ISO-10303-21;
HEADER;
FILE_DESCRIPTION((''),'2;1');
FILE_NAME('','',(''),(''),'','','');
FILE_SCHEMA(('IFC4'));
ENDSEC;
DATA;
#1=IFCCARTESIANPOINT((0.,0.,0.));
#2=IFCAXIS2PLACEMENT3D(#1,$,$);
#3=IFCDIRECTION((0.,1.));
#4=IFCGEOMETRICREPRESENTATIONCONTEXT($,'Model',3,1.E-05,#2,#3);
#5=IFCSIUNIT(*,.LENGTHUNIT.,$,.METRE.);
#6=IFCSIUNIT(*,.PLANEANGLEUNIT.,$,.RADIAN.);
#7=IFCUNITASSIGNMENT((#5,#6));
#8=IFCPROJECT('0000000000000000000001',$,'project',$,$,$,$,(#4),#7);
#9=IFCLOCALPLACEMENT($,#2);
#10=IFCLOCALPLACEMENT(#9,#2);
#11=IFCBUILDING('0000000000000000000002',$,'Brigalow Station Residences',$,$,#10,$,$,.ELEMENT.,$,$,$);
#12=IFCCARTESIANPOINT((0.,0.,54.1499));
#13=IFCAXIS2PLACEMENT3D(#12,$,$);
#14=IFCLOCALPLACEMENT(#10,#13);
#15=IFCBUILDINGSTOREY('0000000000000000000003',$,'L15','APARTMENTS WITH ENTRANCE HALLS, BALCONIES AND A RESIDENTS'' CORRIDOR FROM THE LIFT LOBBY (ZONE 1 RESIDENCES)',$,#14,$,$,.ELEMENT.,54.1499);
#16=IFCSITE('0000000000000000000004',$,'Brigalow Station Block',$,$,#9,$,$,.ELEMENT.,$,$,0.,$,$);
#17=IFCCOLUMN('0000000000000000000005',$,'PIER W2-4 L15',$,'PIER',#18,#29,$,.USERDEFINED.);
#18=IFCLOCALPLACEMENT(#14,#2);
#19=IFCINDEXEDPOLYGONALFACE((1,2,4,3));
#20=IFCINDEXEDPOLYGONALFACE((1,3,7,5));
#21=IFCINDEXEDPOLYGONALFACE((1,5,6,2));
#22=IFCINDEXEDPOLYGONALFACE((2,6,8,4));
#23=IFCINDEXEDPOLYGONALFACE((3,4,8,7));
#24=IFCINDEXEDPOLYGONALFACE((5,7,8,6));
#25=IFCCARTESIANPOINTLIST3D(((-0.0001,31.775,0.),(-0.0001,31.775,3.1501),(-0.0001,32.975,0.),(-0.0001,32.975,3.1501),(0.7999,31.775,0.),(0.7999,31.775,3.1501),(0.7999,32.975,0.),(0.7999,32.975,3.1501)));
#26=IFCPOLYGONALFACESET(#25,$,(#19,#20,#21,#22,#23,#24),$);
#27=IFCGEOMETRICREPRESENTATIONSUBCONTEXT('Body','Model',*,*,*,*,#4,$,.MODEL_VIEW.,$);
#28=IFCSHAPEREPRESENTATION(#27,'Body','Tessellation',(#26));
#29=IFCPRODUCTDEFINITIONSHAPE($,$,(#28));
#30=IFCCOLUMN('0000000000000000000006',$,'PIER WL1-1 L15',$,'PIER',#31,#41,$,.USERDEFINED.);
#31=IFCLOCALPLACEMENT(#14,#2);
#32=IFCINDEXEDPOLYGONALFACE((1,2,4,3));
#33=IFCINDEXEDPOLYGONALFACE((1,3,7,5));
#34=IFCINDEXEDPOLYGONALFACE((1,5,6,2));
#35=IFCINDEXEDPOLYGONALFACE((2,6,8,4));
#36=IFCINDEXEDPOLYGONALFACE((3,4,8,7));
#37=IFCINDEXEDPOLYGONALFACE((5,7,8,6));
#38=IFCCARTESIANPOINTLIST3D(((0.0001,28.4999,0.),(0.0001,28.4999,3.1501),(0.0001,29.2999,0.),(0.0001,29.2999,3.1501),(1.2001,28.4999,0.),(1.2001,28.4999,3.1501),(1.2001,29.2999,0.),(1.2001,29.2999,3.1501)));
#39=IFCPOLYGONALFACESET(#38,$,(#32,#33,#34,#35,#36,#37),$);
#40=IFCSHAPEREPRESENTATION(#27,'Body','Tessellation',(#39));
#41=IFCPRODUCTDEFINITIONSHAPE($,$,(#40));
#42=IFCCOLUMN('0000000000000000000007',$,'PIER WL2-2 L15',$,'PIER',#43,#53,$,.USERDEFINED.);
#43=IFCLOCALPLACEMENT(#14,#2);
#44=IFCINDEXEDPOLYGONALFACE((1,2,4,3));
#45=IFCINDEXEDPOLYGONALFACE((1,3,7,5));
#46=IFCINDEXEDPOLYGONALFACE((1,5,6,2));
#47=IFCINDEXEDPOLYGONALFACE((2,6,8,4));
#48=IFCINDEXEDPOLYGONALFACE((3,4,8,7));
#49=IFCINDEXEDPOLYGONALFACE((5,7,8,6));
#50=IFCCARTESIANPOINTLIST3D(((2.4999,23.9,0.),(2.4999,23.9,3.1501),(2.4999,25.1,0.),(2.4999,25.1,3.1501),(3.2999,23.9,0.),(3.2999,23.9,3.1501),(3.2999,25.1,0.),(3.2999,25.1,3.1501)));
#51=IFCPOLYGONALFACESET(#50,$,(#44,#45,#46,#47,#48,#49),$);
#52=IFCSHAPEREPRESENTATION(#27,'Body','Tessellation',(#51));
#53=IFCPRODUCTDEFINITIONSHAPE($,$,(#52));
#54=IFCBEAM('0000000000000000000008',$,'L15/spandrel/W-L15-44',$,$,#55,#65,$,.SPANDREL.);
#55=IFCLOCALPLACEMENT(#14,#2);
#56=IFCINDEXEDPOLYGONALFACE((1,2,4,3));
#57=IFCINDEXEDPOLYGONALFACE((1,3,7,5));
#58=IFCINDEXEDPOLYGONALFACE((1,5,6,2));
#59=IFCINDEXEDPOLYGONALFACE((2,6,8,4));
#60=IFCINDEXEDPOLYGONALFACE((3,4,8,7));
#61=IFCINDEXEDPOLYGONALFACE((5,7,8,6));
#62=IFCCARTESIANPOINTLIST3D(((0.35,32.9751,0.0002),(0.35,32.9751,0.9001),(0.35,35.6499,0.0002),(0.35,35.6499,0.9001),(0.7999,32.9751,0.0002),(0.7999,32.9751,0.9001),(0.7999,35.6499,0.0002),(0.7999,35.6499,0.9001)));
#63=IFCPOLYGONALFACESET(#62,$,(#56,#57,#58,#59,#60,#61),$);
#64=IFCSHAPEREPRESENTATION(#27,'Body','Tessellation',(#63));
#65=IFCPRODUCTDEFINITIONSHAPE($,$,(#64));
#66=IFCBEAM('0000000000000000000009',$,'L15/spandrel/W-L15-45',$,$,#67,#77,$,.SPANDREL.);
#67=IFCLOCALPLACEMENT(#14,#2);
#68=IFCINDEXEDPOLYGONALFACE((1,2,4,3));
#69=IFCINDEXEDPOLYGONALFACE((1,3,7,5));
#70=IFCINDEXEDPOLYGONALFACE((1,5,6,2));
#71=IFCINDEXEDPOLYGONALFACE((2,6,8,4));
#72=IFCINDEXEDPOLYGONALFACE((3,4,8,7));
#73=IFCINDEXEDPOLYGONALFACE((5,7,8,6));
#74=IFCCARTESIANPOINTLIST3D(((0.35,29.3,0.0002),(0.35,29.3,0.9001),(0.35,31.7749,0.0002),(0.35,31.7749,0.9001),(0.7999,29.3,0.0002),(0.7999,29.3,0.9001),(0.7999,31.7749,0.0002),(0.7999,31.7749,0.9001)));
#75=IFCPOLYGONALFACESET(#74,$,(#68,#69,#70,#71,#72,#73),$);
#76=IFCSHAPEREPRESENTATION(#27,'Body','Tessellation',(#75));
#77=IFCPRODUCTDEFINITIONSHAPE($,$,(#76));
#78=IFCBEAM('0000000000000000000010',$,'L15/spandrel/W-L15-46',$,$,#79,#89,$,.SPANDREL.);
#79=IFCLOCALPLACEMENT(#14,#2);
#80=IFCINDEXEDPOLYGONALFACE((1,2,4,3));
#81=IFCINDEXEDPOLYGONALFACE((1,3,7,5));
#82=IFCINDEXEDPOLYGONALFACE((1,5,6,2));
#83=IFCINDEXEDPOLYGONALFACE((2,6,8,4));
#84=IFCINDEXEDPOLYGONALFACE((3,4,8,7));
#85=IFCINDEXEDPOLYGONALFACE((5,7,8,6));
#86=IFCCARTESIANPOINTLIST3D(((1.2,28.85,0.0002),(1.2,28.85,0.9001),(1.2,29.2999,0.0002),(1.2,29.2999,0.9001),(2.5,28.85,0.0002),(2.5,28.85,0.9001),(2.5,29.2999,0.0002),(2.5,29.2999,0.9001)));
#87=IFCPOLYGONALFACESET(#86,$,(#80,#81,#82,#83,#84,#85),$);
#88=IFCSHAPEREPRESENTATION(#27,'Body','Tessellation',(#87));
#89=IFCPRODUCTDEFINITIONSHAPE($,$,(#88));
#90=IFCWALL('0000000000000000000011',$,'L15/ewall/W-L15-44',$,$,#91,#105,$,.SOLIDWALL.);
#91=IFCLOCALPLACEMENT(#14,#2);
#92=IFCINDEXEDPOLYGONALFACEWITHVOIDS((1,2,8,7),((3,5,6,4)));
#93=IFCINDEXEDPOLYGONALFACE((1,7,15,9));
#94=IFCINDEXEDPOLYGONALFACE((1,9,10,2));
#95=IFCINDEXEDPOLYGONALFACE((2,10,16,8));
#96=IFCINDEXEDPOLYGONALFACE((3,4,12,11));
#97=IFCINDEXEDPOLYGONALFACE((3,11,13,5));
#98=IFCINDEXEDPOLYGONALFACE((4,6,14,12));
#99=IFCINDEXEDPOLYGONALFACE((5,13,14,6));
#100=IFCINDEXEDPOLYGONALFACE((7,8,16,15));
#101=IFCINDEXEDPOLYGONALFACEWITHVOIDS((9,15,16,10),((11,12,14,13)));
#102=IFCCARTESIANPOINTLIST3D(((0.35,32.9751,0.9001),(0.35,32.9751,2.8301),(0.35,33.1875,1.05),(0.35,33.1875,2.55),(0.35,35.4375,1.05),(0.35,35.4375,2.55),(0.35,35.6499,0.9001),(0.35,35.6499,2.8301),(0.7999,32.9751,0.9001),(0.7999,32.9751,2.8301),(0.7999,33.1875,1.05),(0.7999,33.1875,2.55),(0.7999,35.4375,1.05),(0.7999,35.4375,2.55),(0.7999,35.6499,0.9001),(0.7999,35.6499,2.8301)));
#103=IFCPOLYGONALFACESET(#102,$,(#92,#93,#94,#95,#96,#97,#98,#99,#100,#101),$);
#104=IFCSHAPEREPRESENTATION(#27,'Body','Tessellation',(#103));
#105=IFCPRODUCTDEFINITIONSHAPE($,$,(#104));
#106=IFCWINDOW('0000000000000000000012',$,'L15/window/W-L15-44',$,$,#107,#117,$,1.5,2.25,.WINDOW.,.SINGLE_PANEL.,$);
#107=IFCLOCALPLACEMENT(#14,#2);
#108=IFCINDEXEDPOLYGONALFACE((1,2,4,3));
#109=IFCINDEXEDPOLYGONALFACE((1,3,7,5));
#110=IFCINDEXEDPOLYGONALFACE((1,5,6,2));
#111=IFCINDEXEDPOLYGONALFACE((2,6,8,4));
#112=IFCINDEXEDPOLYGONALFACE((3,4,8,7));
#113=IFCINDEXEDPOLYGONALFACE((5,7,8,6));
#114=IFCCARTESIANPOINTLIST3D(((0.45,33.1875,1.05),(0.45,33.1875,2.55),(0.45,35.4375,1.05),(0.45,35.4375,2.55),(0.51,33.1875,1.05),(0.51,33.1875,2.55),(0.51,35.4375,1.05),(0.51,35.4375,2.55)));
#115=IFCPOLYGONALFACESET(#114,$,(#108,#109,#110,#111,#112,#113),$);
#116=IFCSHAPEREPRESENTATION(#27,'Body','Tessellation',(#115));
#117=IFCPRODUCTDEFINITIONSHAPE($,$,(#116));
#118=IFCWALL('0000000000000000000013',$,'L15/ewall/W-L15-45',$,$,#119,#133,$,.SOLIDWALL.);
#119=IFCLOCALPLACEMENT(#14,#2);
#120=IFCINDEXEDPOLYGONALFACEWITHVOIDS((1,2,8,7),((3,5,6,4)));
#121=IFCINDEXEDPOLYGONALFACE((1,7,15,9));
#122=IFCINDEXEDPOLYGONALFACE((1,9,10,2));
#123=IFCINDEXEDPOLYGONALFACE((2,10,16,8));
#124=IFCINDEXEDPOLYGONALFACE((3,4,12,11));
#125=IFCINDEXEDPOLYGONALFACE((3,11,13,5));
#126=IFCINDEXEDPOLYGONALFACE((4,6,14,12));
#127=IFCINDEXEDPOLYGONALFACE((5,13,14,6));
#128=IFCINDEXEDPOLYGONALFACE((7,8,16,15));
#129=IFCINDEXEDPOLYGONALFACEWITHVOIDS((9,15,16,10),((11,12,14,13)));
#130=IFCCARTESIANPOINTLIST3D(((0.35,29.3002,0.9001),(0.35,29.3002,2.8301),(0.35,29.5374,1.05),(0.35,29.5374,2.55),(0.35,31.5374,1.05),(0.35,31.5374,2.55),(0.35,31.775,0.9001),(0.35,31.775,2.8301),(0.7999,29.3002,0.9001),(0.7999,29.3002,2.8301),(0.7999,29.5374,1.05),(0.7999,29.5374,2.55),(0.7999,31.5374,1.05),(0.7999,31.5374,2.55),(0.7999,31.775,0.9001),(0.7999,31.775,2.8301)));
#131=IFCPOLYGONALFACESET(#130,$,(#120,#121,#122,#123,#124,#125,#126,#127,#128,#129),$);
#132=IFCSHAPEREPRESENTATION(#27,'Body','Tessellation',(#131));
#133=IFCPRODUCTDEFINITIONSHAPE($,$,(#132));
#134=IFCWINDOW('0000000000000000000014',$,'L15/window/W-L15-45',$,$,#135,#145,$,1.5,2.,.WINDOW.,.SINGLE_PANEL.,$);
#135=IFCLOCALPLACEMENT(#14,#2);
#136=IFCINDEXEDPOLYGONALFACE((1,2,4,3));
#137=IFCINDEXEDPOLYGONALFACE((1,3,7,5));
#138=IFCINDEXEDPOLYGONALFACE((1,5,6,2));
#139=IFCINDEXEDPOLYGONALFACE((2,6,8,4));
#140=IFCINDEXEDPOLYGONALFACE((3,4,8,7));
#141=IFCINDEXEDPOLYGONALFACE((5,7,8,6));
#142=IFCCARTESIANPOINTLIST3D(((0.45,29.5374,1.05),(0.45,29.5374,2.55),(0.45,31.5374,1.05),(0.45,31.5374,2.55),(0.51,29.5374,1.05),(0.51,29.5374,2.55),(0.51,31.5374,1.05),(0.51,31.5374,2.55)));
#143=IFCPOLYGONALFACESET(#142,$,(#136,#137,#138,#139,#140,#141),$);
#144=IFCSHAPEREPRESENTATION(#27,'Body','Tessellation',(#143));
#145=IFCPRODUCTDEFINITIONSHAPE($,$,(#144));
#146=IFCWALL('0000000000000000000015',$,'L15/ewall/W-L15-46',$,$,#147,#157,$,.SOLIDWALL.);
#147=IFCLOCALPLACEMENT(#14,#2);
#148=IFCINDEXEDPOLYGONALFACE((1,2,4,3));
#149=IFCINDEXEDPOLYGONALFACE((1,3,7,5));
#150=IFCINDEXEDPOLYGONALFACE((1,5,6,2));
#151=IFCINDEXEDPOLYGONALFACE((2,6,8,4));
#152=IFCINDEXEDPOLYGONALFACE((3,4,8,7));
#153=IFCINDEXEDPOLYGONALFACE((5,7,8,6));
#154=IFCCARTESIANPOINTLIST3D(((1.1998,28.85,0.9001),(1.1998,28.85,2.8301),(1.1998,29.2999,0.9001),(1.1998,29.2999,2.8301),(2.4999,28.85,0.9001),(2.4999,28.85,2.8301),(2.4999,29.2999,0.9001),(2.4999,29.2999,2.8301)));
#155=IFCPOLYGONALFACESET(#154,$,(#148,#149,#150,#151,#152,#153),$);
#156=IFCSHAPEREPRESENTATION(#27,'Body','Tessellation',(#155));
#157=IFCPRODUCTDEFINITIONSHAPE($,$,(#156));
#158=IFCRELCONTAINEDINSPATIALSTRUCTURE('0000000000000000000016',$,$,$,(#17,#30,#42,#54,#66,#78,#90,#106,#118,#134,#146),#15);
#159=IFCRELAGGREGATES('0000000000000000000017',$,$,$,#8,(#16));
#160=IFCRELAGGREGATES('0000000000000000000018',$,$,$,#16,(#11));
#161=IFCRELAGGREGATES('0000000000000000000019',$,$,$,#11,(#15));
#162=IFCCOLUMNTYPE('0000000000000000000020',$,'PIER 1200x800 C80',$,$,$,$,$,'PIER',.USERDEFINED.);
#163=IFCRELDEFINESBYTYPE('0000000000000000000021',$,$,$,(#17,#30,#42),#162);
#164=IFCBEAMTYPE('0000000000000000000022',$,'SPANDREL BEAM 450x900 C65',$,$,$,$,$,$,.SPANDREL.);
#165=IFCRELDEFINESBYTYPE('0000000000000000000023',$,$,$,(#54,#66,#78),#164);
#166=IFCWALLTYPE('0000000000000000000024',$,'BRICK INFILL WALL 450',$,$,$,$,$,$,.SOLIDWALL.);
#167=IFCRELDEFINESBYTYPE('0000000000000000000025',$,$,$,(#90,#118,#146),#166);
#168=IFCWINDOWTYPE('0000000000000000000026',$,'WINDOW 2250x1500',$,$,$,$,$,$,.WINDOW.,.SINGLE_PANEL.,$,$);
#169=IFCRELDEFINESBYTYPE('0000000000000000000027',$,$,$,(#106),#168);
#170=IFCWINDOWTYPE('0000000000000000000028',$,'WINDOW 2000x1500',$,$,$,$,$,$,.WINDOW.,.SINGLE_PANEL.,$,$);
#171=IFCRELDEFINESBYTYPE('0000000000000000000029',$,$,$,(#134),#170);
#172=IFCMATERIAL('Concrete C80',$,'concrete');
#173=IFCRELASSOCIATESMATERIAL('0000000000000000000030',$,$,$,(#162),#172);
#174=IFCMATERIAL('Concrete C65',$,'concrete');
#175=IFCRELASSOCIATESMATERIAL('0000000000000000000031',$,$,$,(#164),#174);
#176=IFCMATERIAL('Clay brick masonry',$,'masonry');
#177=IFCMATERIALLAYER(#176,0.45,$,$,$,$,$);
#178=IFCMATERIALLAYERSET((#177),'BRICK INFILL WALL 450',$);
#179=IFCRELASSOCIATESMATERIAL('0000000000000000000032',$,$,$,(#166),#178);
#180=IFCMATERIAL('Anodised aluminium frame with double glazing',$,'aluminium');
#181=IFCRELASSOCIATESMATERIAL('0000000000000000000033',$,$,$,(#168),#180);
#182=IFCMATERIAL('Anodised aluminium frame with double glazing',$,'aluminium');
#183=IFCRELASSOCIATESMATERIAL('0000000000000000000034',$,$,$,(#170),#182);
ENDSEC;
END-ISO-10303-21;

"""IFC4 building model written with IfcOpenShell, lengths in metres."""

from ifc_helpers import new_model, si_unit, direction, frame, frame_2d, origin, origin_2d, place, context, subcontext, project, spatial, rectangle, extrude, material, layer, layer_set, material_profile, profile_set, type_object, element, fill, save


model = new_model("IFC4")

# Units and contexts
model_context = context("Model", 3, precision=1e-05, world=origin(), true_north=direction((0.0, 1.0)))
body_context = subcontext(model_context, "Body", "Model", "MODEL_VIEW")
ifc_project = project(units=[si_unit("LENGTHUNIT", "METRE"), si_unit("PLANEANGLEUNIT", "RADIAN")], contexts=[model_context])

# Site, building, storey
site_placement = place(None, origin())
site = spatial("IfcSite", under=ifc_project, at=site_placement, Name="Brigalow Station Block", CompositionType="ELEMENT", RefElevation=0.0)
building_placement = place(site_placement, origin())
building = spatial("IfcBuilding", under=site, at=building_placement, Name="Brigalow Station Residences", CompositionType="ELEMENT")
storey_placement = place(building_placement, frame((0.0, 0.0, 54.1499)))
storey = spatial("IfcBuildingStorey", under=building, at=storey_placement, Name="L15", Description="APARTMENTS WITH ENTRANCE HALLS, BALCONIES AND A RESIDENTS' CORRIDOR FROM THE LIFT LOBBY (ZONE 1 RESIDENCES)", CompositionType="ELEMENT", Elevation=54.1499)

# Columns
ifc_material_1 = material(Name="Concrete C80", Category="concrete")
ifc_material_profile_1 = material_profile(ifc_material_1, rectangle(XDim=1.2, YDim=0.8, at=origin_2d()), Name="RC1200x800")
ifc_profile_set_1 = profile_set([ifc_material_profile_1], Name="Concrete C80")
column_type = type_object("IfcColumnType", Name="PIER 1200x800 C80", ElementType="PIER", PredefinedType="USERDEFINED", material=ifc_profile_set_1)
for number, where, z_axis, x_axis, name in (
    (1, (0.3999, 32.375, 0.0), (0.0, 0.0, 1.0), (0.0, -1.0, 0.0), "PIER W2-4 L15"),
    (2, (0.6001, 28.8999, 0.0), (0.0, 0.0, 1.0), (1.0, 0.0, 0.0), "PIER WL1-1 L15"),
    (3, (2.8999, 24.5, 0.0), (0.0, 0.0, 1.0), (0.0, -1.0, 0.0), "PIER WL2-2 L15"),
):
    element("IfcColumn", number, at=place(storey_placement, frame(where, z_axis=z_axis, x_axis=x_axis)), inside=storey, type_object=column_type, Name=name, ObjectType="PIER", PredefinedType="USERDEFINED", context=body_context, shape_type="SweptSolid", body=[
        extrude(rectangle(XDim=1.2, YDim=0.8, at=origin_2d()), origin(), (0.0, 0.0, 1.0), 3.1501),
    ])

# Beams
ifc_material_2 = material(Name="Concrete C65", Category="concrete")
ifc_material_profile_2 = material_profile(ifc_material_2, rectangle(XDim=0.45, YDim=0.8999, at=origin_2d()), Name="RC450x900")
ifc_profile_set_2 = profile_set([ifc_material_profile_2], Name="Concrete C65")
beam_type = type_object("IfcBeamType", Name="SPANDREL BEAM 450x900 C65", PredefinedType="SPANDREL", material=ifc_profile_set_2)
beam_1_placement = place(storey_placement, frame((0.575, 35.6499, 0.4502), z_axis=(0.0, -1.0, 0.0), x_axis=(1.0, 0.0, 0.0)))
element("IfcBeam", 4, at=beam_1_placement, inside=storey, type_object=beam_type, Name="L15/spandrel/W-L15-44", PredefinedType="SPANDREL", context=body_context, shape_type="SweptSolid", body=[
    extrude(rectangle(XDim=0.45, YDim=0.8999, at=origin_2d()), origin(), (0.0, 0.0, 1.0), 2.6748),
])
beam_2_placement = place(storey_placement, frame((0.575, 31.7749, 0.4502), z_axis=(0.0, -1.0, 0.0), x_axis=(1.0, 0.0, 0.0)))
element("IfcBeam", 5, at=beam_2_placement, inside=storey, type_object=beam_type, Name="L15/spandrel/W-L15-45", PredefinedType="SPANDREL", context=body_context, shape_type="SweptSolid", body=[
    extrude(rectangle(XDim=0.45, YDim=0.8999, at=origin_2d()), origin(), (0.0, 0.0, 1.0), 2.4749),
])
beam_3_placement = place(storey_placement, frame((1.2, 29.075, 0.4502), z_axis=(1.0, 0.0, 0.0), x_axis=(0.0, 1.0, 0.0)))
element("IfcBeam", 6, at=beam_3_placement, inside=storey, type_object=beam_type, Name="L15/spandrel/W-L15-46", PredefinedType="SPANDREL", context=body_context, shape_type="SweptSolid", body=[
    extrude(rectangle(XDim=0.45, YDim=0.8999, at=origin_2d()), origin(), (0.0, 0.0, 1.0), 1.3),
])

# Walls, openings, windows
ifc_material_3 = material(Name="Clay brick masonry", Category="masonry")
ifc_layer_1 = layer(ifc_material_3, 0.45)
ifc_layer_set_1 = layer_set([ifc_layer_1], Name="BRICK INFILL WALL 450")
wall_type_1 = type_object("IfcWallType", Name="BRICK INFILL WALL 450", PredefinedType="SOLIDWALL", material=ifc_layer_set_1)
wall_1_placement = place(storey_placement, frame((0.575, 35.6499, 0.9001), z_axis=(0.0, 0.0, 1.0), x_axis=(0.0, -1.0, 0.0)))
wall_1 = element("IfcWall", 7, at=wall_1_placement, inside=storey, type_object=wall_type_1, Name="L15/ewall/W-L15-44", PredefinedType="SOLIDWALL", context=body_context, shape_type="SweptSolid", body=[
    extrude(rectangle(XDim=2.6748, YDim=0.45, at=frame_2d((1.3374, 0.0))), origin(), (0.0, 0.0, 1.0), 1.9299),
])
opening_1_placement = place(wall_1_placement, frame((0.2124, 0.0, 0.1499)))
opening_1 = element("IfcOpeningElement", 8, at=opening_1_placement, cuts=wall_1, PredefinedType="OPENING", context=body_context, shape_type="SweptSolid", body=[
    extrude(rectangle(XDim=2.25, YDim=1.5, at=frame_2d((1.125, 0.75))), frame((0.0, 0.2349, 0.0), z_axis=(0.0, -1.0, 0.0), x_axis=(1.0, 0.0, 0.0)), (0.0, 0.0, 1.0), 0.47),
])
ifc_material_4 = material(Name="Anodised aluminium frame with double glazing", Category="aluminium")
window_type_1 = type_object("IfcWindowType", Name="WINDOW 2250x1500", PartitioningType="SINGLE_PANEL", PredefinedType="WINDOW", material=ifc_material_4)
window_1_placement = place(opening_1_placement, origin())
window_1 = element("IfcWindow", 9, at=window_1_placement, inside=storey, type_object=window_type_1, Name="L15/window/W-L15-44", OverallHeight=1.5, OverallWidth=2.25, PartitioningType="SINGLE_PANEL", PredefinedType="WINDOW", context=body_context, shape_type="SweptSolid", body=[
    extrude(rectangle(XDim=2.25, YDim=1.5, at=frame_2d((1.125, 0.75))), frame((0.0, -0.0649, 0.0), z_axis=(0.0, -1.0, 0.0), x_axis=(1.0, 0.0, 0.0)), (0.0, 0.0, 1.0), 0.0601),
])
fill(opening_1, window_1)
wall_2_placement = place(storey_placement, frame((0.575, 31.7749, 0.9001), z_axis=(0.0, 0.0, 1.0), x_axis=(0.0, -1.0, 0.0)))
wall_2 = element("IfcWall", 10, at=wall_2_placement, inside=storey, type_object=wall_type_1, Name="L15/ewall/W-L15-45", PredefinedType="SOLIDWALL", context=body_context, shape_type="SweptSolid", body=[
    extrude(rectangle(XDim=2.4749, YDim=0.45, at=frame_2d((1.2373, 0.0))), origin(), (0.0, 0.0, 1.0), 1.9299),
])
opening_2_placement = place(wall_2_placement, frame((0.2375, 0.0, 0.1499)))
opening_2 = element("IfcOpeningElement", 11, at=opening_2_placement, cuts=wall_2, PredefinedType="OPENING", context=body_context, shape_type="SweptSolid", body=[
    extrude(rectangle(XDim=2.0, YDim=1.5, at=frame_2d((1.0, 0.75))), frame((0.0, 0.2349, 0.0), z_axis=(0.0, -1.0, 0.0), x_axis=(1.0, 0.0, 0.0)), (0.0, 0.0, 1.0), 0.47),
])
ifc_material_5 = material(Name="Anodised aluminium frame with double glazing", Category="aluminium")
window_type_2 = type_object("IfcWindowType", Name="WINDOW 2000x1500", PartitioningType="SINGLE_PANEL", PredefinedType="WINDOW", material=ifc_material_5)
window_2_placement = place(opening_2_placement, origin())
window_2 = element("IfcWindow", 12, at=window_2_placement, inside=storey, type_object=window_type_2, Name="L15/window/W-L15-45", OverallHeight=1.5, OverallWidth=2.0, PartitioningType="SINGLE_PANEL", PredefinedType="WINDOW", context=body_context, shape_type="SweptSolid", body=[
    extrude(rectangle(XDim=2.0, YDim=1.5, at=frame_2d((1.0, 0.75))), frame((0.0, -0.0649, 0.0), z_axis=(0.0, -1.0, 0.0), x_axis=(1.0, 0.0, 0.0)), (0.0, 0.0, 1.0), 0.0601),
])
fill(opening_2, window_2)

# Wall
wall_3_placement = place(storey_placement, frame((1.2, 29.075, 0.9001), z_axis=(0.0, 0.0, 1.0), x_axis=(1.0, 0.0, 0.0)))
element("IfcWall", 13, at=wall_3_placement, inside=storey, type_object=wall_type_1, Name="L15/ewall/W-L15-46", PredefinedType="SOLIDWALL", context=body_context, shape_type="SweptSolid", body=[
    extrude(rectangle(XDim=1.3, YDim=0.45, at=frame_2d((0.6499, 0.0))), origin(), (0.0, 0.0, 1.0), 1.9299),
])

save(model, "model.ifc")
